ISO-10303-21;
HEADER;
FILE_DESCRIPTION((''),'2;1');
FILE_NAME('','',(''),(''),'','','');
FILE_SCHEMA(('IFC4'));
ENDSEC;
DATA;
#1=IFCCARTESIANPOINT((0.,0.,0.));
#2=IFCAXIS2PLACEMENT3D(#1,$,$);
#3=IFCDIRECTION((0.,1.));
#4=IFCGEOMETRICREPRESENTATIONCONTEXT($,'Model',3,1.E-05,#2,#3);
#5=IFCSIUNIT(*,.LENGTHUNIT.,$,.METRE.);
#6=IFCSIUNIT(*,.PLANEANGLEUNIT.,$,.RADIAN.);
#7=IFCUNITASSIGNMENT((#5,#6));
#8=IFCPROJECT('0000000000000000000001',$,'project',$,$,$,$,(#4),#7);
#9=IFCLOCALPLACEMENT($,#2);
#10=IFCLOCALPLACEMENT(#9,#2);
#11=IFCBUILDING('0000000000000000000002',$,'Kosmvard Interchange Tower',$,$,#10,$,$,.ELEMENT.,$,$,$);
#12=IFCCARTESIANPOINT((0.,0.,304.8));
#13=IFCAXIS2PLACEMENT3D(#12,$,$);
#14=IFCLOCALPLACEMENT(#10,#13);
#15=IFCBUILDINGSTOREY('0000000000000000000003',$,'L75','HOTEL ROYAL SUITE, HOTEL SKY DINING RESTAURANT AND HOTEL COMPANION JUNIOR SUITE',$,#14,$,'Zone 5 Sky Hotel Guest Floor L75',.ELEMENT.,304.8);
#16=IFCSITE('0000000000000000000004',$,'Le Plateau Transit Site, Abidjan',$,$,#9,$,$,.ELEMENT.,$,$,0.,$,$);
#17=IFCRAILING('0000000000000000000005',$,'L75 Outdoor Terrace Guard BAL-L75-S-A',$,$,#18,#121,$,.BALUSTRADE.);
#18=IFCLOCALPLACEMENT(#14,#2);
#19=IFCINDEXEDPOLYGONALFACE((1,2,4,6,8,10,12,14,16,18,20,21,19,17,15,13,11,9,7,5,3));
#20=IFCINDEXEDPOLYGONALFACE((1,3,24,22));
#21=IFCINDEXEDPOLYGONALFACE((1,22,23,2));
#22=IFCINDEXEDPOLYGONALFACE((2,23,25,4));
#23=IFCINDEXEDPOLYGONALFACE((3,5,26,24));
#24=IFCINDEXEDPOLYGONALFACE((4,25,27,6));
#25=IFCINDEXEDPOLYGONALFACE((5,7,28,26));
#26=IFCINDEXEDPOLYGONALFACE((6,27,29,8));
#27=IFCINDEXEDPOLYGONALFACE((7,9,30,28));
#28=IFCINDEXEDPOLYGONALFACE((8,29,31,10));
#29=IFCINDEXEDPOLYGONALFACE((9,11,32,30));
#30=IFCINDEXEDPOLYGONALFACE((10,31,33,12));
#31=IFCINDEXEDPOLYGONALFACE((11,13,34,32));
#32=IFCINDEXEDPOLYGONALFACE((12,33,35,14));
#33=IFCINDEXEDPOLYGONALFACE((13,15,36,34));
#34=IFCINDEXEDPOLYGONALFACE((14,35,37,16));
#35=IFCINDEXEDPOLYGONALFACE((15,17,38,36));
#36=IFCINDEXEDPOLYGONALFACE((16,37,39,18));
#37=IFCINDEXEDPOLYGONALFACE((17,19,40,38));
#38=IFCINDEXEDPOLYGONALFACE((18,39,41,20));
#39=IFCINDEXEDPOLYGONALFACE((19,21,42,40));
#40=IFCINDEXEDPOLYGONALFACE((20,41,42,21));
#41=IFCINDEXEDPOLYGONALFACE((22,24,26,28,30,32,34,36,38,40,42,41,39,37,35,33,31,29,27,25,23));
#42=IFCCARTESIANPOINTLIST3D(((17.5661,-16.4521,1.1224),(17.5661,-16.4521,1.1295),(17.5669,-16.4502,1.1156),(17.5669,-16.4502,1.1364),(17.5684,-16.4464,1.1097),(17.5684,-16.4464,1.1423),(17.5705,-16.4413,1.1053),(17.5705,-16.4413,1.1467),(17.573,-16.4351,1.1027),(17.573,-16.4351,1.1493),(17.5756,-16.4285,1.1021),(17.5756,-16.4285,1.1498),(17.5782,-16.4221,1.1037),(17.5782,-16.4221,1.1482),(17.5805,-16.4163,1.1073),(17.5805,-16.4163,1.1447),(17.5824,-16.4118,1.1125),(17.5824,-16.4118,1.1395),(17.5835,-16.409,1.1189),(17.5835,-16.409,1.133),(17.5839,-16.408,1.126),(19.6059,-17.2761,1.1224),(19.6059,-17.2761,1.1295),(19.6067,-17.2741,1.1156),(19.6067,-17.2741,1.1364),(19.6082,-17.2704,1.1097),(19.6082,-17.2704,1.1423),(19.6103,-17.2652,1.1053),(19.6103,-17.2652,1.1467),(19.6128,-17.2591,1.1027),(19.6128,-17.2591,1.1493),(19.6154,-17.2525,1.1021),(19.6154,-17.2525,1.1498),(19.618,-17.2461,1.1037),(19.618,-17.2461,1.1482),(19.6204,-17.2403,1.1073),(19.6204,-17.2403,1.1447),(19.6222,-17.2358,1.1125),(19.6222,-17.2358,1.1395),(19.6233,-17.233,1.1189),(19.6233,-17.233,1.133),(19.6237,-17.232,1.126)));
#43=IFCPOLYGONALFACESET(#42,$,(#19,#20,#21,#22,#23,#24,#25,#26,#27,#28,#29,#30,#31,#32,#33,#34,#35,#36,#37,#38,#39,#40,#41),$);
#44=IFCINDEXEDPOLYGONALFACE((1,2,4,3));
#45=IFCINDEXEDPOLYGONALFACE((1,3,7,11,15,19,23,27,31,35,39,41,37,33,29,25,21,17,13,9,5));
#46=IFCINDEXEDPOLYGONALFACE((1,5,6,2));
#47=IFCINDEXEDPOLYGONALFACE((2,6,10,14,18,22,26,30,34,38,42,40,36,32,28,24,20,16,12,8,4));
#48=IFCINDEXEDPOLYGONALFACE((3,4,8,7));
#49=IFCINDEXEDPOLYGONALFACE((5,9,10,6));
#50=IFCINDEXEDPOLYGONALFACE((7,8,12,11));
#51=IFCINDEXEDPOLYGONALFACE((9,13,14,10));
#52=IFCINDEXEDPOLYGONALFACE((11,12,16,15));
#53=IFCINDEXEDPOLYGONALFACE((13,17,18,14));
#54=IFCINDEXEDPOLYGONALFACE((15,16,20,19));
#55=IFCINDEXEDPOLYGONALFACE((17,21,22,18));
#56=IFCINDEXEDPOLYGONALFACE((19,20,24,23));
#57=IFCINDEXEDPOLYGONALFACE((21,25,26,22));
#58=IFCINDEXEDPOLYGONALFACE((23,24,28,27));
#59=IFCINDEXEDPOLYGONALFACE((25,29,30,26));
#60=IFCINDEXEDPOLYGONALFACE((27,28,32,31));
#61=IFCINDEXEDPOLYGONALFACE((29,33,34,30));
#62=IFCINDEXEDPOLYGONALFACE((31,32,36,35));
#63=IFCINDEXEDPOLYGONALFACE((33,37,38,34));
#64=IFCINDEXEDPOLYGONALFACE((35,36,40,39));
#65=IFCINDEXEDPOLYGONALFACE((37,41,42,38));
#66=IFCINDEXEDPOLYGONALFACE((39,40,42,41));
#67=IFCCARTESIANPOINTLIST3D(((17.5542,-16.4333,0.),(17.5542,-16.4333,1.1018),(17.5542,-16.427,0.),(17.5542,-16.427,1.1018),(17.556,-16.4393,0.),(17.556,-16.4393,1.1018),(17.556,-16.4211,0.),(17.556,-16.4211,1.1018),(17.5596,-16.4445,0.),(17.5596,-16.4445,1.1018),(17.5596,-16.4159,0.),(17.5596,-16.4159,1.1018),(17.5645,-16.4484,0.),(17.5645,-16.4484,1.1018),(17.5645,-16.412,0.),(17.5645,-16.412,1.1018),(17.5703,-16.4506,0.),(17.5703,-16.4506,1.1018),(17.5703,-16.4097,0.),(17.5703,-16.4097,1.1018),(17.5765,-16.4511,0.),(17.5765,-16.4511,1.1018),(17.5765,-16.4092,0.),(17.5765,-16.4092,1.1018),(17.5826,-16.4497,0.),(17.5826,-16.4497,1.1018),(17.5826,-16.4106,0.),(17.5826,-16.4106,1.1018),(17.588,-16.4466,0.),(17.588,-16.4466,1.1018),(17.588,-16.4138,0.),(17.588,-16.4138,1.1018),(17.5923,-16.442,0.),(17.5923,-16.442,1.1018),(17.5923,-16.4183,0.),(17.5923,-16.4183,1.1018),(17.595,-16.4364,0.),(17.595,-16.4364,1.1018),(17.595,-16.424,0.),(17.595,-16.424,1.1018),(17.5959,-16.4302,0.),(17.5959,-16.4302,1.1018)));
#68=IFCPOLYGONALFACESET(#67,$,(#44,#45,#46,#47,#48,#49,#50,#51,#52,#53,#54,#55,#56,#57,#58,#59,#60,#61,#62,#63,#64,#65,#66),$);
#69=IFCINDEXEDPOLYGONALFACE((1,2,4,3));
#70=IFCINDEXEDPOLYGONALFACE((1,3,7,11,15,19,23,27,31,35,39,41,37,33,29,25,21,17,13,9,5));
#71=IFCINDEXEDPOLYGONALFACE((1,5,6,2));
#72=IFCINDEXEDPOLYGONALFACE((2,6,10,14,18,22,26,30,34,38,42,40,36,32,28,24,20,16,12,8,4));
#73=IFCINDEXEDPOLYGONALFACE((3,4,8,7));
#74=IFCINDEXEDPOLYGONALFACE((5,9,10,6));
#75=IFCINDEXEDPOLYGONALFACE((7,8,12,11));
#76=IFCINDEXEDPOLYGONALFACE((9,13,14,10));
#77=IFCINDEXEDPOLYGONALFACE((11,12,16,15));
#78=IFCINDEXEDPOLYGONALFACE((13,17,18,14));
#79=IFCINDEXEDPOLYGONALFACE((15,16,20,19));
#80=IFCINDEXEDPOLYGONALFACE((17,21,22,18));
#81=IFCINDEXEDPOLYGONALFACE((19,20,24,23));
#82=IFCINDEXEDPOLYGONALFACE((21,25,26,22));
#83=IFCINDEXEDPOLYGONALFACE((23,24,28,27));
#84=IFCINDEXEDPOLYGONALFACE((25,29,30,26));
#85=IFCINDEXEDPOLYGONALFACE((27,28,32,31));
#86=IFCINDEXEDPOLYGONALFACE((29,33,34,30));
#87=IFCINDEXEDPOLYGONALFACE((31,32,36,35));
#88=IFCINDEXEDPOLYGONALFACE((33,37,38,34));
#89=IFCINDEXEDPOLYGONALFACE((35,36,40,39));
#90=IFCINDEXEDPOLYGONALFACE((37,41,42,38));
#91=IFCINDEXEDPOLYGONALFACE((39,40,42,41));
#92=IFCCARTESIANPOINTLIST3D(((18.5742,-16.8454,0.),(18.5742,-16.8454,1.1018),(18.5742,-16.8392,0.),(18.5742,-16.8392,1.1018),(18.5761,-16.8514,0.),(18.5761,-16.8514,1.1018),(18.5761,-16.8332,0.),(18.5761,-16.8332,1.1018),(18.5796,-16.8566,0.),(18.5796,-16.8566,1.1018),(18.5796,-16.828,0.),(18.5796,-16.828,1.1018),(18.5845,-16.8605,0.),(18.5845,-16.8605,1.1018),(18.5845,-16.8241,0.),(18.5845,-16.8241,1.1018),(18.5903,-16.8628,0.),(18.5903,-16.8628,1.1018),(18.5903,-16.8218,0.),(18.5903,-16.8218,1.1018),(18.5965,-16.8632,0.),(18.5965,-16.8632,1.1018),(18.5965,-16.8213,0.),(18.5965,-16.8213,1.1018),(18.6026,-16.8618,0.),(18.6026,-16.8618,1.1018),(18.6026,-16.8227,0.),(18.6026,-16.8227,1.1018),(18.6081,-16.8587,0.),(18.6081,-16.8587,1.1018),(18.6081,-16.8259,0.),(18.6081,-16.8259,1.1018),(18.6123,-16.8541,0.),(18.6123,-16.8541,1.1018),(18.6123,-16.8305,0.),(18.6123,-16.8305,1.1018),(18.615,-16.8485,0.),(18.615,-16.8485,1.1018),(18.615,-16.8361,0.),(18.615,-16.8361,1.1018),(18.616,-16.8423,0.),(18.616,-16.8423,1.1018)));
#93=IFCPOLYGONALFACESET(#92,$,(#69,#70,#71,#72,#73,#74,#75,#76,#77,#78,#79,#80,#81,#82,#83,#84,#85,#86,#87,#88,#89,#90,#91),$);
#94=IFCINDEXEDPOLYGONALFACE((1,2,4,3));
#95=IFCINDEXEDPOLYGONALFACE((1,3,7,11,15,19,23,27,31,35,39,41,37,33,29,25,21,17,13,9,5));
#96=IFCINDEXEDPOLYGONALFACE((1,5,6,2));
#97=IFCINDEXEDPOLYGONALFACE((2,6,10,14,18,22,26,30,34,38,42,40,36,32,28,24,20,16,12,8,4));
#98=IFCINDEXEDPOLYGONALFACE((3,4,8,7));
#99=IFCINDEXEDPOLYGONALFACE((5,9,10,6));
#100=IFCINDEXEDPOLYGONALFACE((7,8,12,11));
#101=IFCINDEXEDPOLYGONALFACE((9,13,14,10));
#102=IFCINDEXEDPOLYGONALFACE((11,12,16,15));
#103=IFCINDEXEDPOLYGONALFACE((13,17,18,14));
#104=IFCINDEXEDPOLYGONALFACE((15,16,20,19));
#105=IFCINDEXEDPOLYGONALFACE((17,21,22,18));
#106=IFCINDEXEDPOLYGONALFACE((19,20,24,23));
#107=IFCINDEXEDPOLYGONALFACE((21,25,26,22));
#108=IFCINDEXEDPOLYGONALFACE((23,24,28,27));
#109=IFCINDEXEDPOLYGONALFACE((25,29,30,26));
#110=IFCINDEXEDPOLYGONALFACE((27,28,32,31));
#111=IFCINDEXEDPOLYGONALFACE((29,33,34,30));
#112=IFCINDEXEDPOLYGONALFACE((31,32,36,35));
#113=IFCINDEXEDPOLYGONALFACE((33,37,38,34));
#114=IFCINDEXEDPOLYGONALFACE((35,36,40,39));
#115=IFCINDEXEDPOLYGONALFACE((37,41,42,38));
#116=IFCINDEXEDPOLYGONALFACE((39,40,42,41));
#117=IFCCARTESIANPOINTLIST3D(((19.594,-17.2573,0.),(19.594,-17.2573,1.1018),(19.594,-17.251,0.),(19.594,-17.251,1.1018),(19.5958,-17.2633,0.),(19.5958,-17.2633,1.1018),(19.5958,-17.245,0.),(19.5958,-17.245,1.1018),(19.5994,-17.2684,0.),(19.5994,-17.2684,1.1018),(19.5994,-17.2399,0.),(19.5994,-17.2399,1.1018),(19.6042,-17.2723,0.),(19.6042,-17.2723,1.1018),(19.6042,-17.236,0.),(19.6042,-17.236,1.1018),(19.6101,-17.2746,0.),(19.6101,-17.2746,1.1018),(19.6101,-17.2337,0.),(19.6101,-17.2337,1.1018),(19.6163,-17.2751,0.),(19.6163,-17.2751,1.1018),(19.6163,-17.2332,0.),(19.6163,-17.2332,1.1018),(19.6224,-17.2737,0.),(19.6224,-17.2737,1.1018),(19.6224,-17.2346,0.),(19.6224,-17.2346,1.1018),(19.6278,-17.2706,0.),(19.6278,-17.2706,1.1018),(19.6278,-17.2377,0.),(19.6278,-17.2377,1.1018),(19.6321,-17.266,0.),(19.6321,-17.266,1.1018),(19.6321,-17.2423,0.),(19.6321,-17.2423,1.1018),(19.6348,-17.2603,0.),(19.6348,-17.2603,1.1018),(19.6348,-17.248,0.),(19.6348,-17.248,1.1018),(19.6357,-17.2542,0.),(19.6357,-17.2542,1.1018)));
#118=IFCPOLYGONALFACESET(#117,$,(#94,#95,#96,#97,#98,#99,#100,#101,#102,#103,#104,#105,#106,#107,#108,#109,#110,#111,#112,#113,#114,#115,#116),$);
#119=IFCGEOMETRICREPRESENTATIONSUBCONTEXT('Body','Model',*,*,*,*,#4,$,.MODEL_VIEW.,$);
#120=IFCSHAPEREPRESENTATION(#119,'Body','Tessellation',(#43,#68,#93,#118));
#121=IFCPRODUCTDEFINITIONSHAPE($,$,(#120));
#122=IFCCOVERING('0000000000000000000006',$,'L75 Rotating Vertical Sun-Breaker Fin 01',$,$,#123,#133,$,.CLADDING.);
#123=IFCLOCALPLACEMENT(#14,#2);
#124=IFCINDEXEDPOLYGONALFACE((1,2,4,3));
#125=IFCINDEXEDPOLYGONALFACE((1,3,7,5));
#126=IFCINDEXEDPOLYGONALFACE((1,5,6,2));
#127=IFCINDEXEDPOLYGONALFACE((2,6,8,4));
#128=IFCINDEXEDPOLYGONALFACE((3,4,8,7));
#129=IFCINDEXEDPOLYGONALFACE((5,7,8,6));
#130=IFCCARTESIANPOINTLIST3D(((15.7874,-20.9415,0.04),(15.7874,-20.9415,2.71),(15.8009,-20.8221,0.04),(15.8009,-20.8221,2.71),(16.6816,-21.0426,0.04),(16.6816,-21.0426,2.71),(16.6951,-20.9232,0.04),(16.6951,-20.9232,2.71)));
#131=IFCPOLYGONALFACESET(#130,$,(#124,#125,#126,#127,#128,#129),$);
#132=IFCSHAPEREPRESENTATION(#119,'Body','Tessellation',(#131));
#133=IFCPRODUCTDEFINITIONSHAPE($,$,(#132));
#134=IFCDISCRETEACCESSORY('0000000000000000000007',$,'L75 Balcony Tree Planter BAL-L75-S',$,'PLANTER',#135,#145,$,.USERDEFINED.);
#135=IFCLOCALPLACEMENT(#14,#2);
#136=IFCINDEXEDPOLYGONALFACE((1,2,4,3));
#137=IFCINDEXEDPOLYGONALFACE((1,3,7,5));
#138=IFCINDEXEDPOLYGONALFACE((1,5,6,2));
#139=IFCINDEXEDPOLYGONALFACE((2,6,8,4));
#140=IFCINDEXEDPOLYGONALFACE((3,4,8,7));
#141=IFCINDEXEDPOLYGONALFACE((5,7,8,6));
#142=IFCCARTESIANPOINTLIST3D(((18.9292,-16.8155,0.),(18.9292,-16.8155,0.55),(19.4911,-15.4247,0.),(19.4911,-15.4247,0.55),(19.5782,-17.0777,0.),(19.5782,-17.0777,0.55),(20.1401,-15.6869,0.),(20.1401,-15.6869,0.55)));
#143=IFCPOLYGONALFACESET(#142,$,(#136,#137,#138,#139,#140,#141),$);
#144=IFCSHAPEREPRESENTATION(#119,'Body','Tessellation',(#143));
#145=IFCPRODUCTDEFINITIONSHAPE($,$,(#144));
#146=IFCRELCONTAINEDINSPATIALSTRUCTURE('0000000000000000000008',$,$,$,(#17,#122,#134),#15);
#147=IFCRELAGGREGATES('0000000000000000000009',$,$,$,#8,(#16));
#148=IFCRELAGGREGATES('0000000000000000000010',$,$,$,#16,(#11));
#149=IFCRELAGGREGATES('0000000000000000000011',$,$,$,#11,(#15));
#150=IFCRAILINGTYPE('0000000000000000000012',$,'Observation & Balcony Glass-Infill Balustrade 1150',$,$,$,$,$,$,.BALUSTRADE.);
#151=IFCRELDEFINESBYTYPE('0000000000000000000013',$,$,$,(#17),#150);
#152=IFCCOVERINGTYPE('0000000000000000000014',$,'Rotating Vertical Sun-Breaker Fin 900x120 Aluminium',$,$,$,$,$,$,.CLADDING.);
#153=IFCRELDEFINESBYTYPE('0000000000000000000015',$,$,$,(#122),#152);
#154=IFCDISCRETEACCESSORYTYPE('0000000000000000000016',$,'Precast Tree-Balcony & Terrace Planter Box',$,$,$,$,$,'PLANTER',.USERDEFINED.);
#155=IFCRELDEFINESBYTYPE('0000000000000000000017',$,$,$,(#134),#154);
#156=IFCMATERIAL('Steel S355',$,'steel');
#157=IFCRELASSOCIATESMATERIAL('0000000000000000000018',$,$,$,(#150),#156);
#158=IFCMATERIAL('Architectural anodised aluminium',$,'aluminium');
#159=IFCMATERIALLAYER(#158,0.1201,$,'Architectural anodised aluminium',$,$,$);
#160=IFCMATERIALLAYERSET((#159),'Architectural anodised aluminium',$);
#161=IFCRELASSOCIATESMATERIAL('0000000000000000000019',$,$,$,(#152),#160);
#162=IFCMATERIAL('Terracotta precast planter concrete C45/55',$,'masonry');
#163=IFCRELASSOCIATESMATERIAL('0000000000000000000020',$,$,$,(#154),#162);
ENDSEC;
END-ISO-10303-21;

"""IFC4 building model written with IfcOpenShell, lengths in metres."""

from ifc_helpers import new_model, si_unit, direction, frame, origin, origin_2d, place, context, subcontext, project, spatial, rectangle, circle, extrude, source, transform, mapped, material, layer, layer_set, type_object, element, save


model = new_model("IFC4")

# Units and contexts
model_context = context("Model", 3, precision=1e-05, world=origin(), true_north=direction((0.0, 1.0)))
body_context = subcontext(model_context, "Body", "Model", "MODEL_VIEW")
ifc_project = project(units=[si_unit("LENGTHUNIT", "METRE"), si_unit("PLANEANGLEUNIT", "RADIAN")], contexts=[model_context])

# Site, building, storey
site_placement = place(None, origin())
site = spatial("IfcSite", under=ifc_project, at=site_placement, Name="Le Plateau Transit Site, Abidjan", CompositionType="ELEMENT", RefElevation=0.0)
building_placement = place(site_placement, origin())
building = spatial("IfcBuilding", under=site, at=building_placement, Name="Kosmvard Interchange Tower", CompositionType="ELEMENT")
storey_placement = place(building_placement, frame((0.0, 0.0, 304.8)))
storey = spatial("IfcBuildingStorey", under=building, at=storey_placement, Name="L75", Description="HOTEL ROYAL SUITE, HOTEL SKY DINING RESTAURANT AND HOTEL COMPANION JUNIOR SUITE", LongName="Zone 5 Sky Hotel Guest Floor L75", CompositionType="ELEMENT", Elevation=304.8)

# Shared definitions
ifc_material_1 = material(Name="Steel S355", Category="steel")

# Railing
railing_type = type_object("IfcRailingType", Name="Observation & Balcony Glass-Infill Balustrade 1150", PredefinedType="BALUSTRADE", material=ifc_material_1)
shared_shape_1 = source(origin(), body_context, "Body", "SweptSolid", [
    extrude(circle(Radius=0.0239, at=origin_2d()), frame((0.0, 0.0, 1.126), z_axis=(0.927208, -0.374546, 0.0), x_axis=(0.374546, 0.927208, 0.0)), (0.0, 0.0, 1.0), 2.2),
    extrude(circle(Radius=0.021, at=origin_2d()), origin(), (0.0, 0.0, 1.0), 1.1018),
    extrude(circle(Radius=0.021, at=origin_2d()), frame((1.02, -0.4121, 0.0)), (0.0, 0.0, 1.0), 1.1018),
    extrude(circle(Radius=0.021, at=origin_2d()), frame((2.0398, -0.824, 0.0)), (0.0, 0.0, 1.0), 1.1018),
])
railing_1_placement = place(storey_placement, frame((17.575, -16.4302, 0.0)))
element("IfcRailing", 1, at=railing_1_placement, inside=storey, type_object=railing_type, Name="L75 Outdoor Terrace Guard BAL-L75-S-A", PredefinedType="BALUSTRADE", context=body_context, shape_type="MappedRepresentation", body=[
    mapped(shared_shape_1, transform((0.0, 0.0, 0.0), scale=1.0)),
])

# Covering
ifc_material_2 = material(Name="Architectural anodised aluminium", Category="aluminium")
ifc_layer_1 = layer(ifc_material_2, 0.1201, Name="Architectural anodised aluminium")
ifc_layer_set_1 = layer_set([ifc_layer_1], Name="Architectural anodised aluminium")
covering_type = type_object("IfcCoveringType", Name="Rotating Vertical Sun-Breaker Fin 900x120 Aluminium", PredefinedType="CLADDING", material=ifc_layer_set_1)
shared_shape_2 = source(origin(), body_context, "Body", "SweptSolid", [
    extrude(rectangle(XDim=0.8999, YDim=0.1201, at=origin_2d()), origin(), (0.0, 0.0, 1.0), 2.6699),
])
covering_placement = place(storey_placement, frame((16.2412, -20.9324, 0.04), z_axis=(0.0, 0.0, 1.0), x_axis=(0.99367, -0.112336, 0.0)))
element("IfcCovering", 2, at=covering_placement, inside=storey, type_object=covering_type, Name="L75 Rotating Vertical Sun-Breaker Fin 01", PredefinedType="CLADDING", context=body_context, shape_type="MappedRepresentation", body=[
    mapped(shared_shape_2, transform((0.0, 0.0, 0.0), scale=1.0)),
])

# Discrete accessory
ifc_material_3 = material(Name="Terracotta precast planter concrete C45/55", Category="masonry")
discrete_accessory_type = type_object("IfcDiscreteAccessoryType", Name="Precast Tree-Balcony & Terrace Planter Box", ElementType="PLANTER", PredefinedType="USERDEFINED", material=ifc_material_3)
shared_shape_3 = source(origin(), body_context, "Body", "SweptSolid", [
    extrude(rectangle(XDim=1.5, YDim=0.7, at=origin_2d()), origin(), (0.0, 0.0, 1.0), 0.55),
])
discrete_accessory_placement = place(storey_placement, frame((19.5347, -16.2512, 0.0), z_axis=(0.0, 0.0, 1.0), x_axis=(0.374607, 0.927184, 0.0)))
element("IfcDiscreteAccessory", 3, at=discrete_accessory_placement, inside=storey, type_object=discrete_accessory_type, Name="L75 Balcony Tree Planter BAL-L75-S", ObjectType="PLANTER", PredefinedType="USERDEFINED", context=body_context, shape_type="MappedRepresentation", body=[
    mapped(shared_shape_3, transform((0.0, 0.0, 0.0), scale=1.0)),
])

save(model, "model.ifc")
